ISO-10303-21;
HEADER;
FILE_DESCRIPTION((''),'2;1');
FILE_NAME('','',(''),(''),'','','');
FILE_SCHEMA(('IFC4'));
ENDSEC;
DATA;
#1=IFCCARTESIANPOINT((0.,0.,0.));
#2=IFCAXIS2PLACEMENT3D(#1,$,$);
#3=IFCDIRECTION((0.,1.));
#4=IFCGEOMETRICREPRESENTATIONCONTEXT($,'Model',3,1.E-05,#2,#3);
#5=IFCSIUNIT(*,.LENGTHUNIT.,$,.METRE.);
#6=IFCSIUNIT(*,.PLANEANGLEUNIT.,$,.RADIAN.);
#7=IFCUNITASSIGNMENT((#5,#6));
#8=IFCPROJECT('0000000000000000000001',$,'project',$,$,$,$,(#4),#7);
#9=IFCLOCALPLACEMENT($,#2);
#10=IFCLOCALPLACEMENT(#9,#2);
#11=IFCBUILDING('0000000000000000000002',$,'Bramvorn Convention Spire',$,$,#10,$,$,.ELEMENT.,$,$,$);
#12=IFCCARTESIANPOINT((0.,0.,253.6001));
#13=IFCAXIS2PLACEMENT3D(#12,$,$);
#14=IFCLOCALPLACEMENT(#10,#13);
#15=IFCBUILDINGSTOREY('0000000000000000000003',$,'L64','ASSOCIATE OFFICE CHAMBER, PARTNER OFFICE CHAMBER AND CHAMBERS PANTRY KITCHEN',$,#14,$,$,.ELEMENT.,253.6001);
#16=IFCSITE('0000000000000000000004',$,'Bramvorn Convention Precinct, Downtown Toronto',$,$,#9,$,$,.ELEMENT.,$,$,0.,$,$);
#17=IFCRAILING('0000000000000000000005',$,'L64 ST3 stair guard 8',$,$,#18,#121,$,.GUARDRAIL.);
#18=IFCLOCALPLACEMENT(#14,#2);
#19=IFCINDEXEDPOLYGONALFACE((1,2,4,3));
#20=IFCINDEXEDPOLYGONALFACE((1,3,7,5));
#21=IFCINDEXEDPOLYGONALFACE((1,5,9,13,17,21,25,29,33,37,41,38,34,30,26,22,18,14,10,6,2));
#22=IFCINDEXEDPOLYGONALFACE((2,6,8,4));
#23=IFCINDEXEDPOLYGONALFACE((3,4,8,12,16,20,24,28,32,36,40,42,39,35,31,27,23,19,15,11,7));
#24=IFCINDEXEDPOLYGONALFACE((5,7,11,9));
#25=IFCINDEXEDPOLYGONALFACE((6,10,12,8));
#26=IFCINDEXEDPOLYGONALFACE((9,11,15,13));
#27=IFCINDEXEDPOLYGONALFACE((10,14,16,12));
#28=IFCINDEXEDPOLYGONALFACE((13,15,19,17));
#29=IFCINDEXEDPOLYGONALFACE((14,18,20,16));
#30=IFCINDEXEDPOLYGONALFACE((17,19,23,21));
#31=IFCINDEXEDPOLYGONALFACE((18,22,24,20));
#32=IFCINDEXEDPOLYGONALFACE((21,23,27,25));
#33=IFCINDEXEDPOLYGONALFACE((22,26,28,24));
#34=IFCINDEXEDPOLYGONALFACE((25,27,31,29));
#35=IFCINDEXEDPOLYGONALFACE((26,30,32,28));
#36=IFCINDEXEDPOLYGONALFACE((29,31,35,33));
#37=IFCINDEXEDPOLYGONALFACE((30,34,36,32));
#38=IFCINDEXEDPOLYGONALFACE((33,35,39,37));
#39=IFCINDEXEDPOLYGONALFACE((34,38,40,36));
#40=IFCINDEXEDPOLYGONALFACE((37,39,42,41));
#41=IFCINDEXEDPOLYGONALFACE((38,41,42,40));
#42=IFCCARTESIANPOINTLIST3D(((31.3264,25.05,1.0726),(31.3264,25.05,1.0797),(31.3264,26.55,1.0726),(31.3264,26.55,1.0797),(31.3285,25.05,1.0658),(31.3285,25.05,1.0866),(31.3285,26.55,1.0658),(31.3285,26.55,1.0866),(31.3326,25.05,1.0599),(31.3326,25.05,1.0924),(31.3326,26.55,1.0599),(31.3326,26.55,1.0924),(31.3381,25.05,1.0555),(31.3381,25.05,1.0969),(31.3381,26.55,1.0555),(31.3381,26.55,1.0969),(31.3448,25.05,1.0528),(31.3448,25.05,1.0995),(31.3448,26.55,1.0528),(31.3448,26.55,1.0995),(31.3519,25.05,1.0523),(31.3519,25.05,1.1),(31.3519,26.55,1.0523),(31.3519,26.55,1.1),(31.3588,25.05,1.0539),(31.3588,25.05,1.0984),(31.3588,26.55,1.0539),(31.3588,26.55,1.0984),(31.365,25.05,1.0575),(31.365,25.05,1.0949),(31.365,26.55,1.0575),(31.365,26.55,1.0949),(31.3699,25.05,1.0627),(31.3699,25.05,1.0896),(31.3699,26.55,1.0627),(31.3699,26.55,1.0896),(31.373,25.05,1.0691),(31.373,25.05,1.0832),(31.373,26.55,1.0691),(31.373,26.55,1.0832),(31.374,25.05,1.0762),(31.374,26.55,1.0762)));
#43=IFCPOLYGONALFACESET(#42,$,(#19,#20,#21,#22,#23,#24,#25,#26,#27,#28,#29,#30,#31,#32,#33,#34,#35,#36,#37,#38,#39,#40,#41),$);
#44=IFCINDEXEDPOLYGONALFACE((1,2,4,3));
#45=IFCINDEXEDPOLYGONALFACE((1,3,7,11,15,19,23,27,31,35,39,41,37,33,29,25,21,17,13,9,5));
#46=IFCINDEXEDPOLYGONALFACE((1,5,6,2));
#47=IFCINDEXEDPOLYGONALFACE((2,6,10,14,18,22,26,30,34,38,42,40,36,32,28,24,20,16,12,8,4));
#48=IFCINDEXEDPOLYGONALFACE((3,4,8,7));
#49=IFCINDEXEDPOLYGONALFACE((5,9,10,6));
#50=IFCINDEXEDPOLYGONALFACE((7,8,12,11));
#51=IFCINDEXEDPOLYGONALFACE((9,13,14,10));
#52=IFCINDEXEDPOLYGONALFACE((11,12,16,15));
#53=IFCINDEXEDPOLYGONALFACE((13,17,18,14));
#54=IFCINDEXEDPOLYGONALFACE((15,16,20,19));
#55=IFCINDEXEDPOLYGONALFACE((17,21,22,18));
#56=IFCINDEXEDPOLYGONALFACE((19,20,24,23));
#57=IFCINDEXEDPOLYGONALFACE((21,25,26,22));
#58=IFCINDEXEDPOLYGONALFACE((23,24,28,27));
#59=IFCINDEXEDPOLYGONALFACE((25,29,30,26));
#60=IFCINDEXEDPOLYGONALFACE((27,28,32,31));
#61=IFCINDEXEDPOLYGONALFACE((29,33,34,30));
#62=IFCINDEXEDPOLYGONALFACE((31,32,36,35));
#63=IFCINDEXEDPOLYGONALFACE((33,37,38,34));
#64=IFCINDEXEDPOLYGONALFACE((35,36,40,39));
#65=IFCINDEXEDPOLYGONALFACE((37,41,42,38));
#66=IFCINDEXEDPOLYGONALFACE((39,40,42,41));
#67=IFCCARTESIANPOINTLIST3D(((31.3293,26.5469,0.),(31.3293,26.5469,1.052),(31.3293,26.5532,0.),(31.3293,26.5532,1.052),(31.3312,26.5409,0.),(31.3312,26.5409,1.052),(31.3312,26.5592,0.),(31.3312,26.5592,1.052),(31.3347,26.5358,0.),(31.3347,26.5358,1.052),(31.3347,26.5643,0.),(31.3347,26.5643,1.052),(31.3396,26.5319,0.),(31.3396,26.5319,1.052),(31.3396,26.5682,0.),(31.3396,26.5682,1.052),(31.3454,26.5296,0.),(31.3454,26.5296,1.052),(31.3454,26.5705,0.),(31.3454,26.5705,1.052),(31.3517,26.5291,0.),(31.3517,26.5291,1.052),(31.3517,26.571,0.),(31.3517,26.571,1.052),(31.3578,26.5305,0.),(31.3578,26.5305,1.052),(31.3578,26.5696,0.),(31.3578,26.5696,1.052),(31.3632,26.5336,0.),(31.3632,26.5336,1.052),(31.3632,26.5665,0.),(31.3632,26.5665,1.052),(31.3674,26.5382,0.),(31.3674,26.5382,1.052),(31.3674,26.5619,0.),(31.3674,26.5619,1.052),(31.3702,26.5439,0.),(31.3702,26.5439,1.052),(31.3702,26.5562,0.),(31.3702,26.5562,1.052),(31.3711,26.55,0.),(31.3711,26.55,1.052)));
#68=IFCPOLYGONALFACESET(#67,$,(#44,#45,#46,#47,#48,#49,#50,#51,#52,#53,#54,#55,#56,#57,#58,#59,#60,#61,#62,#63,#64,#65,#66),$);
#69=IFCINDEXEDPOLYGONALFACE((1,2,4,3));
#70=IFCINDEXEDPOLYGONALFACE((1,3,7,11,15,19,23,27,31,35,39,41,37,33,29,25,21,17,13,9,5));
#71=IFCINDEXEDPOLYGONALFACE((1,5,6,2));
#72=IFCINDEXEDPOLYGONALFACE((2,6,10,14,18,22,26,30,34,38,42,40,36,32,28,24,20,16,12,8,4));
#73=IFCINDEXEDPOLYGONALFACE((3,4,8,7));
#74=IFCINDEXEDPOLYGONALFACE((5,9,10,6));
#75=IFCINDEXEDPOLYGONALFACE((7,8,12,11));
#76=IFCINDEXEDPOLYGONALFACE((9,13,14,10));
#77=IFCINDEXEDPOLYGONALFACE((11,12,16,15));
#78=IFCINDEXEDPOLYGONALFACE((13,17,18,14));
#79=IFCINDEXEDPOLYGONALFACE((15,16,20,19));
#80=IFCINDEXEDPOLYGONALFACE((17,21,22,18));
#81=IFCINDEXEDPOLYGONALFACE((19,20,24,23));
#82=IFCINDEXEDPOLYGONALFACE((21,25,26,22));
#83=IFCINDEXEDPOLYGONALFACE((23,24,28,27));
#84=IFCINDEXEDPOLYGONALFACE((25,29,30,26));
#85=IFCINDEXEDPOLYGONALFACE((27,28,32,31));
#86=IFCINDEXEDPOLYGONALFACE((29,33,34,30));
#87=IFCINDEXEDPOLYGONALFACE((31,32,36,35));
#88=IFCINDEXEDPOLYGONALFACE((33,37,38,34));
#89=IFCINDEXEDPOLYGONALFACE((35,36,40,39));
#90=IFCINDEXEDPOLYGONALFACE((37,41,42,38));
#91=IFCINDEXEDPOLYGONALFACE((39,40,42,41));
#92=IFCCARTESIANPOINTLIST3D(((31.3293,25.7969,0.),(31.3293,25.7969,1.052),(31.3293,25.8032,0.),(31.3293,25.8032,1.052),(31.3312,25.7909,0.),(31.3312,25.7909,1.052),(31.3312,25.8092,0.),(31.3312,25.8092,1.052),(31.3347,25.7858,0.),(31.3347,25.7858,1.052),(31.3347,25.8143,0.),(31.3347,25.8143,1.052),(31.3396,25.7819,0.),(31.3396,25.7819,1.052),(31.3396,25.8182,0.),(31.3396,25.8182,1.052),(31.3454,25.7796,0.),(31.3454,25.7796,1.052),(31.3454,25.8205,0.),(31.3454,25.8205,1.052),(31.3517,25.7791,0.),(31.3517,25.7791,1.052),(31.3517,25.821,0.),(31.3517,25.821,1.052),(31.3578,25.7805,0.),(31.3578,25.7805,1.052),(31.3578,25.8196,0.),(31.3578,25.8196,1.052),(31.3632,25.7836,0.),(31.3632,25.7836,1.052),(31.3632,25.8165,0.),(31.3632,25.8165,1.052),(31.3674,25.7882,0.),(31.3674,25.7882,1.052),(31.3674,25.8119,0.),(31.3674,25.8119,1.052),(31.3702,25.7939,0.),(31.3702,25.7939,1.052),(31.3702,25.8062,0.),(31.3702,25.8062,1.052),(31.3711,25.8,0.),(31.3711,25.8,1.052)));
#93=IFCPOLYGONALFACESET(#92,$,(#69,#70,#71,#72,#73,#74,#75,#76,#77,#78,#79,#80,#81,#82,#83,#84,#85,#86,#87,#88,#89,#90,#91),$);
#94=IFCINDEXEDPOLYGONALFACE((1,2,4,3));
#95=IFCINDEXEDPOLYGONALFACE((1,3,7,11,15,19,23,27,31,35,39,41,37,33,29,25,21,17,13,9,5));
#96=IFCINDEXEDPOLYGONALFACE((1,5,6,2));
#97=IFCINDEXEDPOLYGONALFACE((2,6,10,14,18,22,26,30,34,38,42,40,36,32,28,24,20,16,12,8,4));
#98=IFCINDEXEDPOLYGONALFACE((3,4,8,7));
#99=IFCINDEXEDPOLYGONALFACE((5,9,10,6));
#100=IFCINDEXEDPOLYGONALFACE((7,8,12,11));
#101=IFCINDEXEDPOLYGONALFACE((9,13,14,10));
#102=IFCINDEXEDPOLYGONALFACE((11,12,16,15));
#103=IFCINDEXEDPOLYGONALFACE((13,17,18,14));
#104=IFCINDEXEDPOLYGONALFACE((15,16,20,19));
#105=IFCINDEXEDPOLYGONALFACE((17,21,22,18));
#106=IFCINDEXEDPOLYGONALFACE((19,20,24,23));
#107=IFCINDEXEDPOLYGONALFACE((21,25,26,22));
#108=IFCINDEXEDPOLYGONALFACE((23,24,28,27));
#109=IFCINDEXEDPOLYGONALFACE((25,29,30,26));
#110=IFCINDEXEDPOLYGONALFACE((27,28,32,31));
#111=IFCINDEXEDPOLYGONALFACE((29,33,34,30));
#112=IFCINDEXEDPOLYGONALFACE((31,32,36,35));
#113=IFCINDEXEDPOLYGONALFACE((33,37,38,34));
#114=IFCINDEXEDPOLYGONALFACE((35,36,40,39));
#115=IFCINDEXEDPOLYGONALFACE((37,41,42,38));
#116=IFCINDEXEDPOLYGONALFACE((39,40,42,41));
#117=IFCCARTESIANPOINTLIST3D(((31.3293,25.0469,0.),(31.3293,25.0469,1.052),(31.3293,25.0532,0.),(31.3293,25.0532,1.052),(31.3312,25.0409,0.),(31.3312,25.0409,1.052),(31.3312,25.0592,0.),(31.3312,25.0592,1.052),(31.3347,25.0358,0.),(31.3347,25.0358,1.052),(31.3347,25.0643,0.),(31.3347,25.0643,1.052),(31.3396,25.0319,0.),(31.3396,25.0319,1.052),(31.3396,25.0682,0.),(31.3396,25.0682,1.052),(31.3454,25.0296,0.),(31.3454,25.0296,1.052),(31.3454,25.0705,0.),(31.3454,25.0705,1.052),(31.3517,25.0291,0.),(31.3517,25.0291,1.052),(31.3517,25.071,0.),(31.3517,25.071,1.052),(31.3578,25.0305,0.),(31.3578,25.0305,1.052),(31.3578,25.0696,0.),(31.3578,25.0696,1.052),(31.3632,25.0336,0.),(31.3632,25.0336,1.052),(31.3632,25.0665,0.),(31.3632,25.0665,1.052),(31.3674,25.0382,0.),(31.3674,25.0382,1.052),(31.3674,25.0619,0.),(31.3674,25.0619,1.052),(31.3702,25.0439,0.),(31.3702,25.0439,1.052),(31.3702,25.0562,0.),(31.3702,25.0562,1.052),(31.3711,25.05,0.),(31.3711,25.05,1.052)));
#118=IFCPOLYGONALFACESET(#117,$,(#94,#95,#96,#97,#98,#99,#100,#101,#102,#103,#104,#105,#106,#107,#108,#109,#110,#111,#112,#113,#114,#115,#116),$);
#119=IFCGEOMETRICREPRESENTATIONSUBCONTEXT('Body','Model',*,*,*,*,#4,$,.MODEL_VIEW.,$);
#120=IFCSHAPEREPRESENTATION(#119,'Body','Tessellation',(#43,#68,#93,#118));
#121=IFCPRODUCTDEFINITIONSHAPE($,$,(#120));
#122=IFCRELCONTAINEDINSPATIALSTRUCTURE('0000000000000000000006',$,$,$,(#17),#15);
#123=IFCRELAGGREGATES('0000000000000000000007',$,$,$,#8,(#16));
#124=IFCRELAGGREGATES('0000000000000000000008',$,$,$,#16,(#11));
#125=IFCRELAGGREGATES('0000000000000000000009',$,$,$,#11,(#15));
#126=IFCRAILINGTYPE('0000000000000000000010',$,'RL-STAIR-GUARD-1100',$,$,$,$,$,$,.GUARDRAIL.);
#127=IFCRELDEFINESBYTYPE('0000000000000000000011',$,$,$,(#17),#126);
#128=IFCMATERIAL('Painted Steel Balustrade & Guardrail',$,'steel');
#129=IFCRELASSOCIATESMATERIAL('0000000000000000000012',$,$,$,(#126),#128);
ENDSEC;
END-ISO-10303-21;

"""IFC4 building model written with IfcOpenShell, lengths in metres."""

from ifc_helpers import new_model, si_unit, direction, frame, origin, origin_2d, place, context, subcontext, project, spatial, circle, extrude, material, type_object, element, save


model = new_model("IFC4")

# Units and contexts
model_context = context("Model", 3, precision=1e-05, world=origin(), true_north=direction((0.0, 1.0)))
body_context = subcontext(model_context, "Body", "Model", "MODEL_VIEW")
ifc_project = project(units=[si_unit("LENGTHUNIT", "METRE"), si_unit("PLANEANGLEUNIT", "RADIAN")], contexts=[model_context])

# Site, building, storey
site_placement = place(None, origin())
site = spatial("IfcSite", under=ifc_project, at=site_placement, Name="Bramvorn Convention Precinct, Downtown Toronto", CompositionType="ELEMENT", RefElevation=0.0)
building_placement = place(site_placement, origin())
building = spatial("IfcBuilding", under=site, at=building_placement, Name="Bramvorn Convention Spire", CompositionType="ELEMENT")
storey_placement = place(building_placement, frame((0.0, 0.0, 253.6001)))
storey = spatial("IfcBuildingStorey", under=building, at=storey_placement, Name="L64", Description="ASSOCIATE OFFICE CHAMBER, PARTNER OFFICE CHAMBER AND CHAMBERS PANTRY KITCHEN", CompositionType="ELEMENT", Elevation=253.6001)

# Railing
ifc_material_1 = material(Name="Painted Steel Balustrade & Guardrail", Category="steel")
railing_type = type_object("IfcRailingType", Name="RL-STAIR-GUARD-1100", PredefinedType="GUARDRAIL", material=ifc_material_1)
railing_1_placement = place(storey_placement, frame((31.3501, 26.55, 0.0)))
element("IfcRailing", 1, at=railing_1_placement, inside=storey, type_object=railing_type, Name="L64 ST3 stair guard 8", PredefinedType="GUARDRAIL", context=body_context, shape_type="SweptSolid", body=[
    extrude(circle(Radius=0.0239, at=origin_2d()), frame((0.0, 0.0, 1.0762), z_axis=(0.0, -1.0, 0.0), x_axis=(1.0, 0.0, 0.0)), (0.0, 0.0, 1.0), 1.5),
    extrude(circle(Radius=0.021, at=origin_2d()), origin(), (0.0, 0.0, 1.0), 1.052),
    extrude(circle(Radius=0.021, at=origin_2d()), frame((0.0, -0.75, 0.0)), (0.0, 0.0, 1.0), 1.052),
    extrude(circle(Radius=0.021, at=origin_2d()), frame((0.0, -1.5, 0.0)), (0.0, 0.0, 1.0), 1.052),
])

save(model, "model.ifc")
